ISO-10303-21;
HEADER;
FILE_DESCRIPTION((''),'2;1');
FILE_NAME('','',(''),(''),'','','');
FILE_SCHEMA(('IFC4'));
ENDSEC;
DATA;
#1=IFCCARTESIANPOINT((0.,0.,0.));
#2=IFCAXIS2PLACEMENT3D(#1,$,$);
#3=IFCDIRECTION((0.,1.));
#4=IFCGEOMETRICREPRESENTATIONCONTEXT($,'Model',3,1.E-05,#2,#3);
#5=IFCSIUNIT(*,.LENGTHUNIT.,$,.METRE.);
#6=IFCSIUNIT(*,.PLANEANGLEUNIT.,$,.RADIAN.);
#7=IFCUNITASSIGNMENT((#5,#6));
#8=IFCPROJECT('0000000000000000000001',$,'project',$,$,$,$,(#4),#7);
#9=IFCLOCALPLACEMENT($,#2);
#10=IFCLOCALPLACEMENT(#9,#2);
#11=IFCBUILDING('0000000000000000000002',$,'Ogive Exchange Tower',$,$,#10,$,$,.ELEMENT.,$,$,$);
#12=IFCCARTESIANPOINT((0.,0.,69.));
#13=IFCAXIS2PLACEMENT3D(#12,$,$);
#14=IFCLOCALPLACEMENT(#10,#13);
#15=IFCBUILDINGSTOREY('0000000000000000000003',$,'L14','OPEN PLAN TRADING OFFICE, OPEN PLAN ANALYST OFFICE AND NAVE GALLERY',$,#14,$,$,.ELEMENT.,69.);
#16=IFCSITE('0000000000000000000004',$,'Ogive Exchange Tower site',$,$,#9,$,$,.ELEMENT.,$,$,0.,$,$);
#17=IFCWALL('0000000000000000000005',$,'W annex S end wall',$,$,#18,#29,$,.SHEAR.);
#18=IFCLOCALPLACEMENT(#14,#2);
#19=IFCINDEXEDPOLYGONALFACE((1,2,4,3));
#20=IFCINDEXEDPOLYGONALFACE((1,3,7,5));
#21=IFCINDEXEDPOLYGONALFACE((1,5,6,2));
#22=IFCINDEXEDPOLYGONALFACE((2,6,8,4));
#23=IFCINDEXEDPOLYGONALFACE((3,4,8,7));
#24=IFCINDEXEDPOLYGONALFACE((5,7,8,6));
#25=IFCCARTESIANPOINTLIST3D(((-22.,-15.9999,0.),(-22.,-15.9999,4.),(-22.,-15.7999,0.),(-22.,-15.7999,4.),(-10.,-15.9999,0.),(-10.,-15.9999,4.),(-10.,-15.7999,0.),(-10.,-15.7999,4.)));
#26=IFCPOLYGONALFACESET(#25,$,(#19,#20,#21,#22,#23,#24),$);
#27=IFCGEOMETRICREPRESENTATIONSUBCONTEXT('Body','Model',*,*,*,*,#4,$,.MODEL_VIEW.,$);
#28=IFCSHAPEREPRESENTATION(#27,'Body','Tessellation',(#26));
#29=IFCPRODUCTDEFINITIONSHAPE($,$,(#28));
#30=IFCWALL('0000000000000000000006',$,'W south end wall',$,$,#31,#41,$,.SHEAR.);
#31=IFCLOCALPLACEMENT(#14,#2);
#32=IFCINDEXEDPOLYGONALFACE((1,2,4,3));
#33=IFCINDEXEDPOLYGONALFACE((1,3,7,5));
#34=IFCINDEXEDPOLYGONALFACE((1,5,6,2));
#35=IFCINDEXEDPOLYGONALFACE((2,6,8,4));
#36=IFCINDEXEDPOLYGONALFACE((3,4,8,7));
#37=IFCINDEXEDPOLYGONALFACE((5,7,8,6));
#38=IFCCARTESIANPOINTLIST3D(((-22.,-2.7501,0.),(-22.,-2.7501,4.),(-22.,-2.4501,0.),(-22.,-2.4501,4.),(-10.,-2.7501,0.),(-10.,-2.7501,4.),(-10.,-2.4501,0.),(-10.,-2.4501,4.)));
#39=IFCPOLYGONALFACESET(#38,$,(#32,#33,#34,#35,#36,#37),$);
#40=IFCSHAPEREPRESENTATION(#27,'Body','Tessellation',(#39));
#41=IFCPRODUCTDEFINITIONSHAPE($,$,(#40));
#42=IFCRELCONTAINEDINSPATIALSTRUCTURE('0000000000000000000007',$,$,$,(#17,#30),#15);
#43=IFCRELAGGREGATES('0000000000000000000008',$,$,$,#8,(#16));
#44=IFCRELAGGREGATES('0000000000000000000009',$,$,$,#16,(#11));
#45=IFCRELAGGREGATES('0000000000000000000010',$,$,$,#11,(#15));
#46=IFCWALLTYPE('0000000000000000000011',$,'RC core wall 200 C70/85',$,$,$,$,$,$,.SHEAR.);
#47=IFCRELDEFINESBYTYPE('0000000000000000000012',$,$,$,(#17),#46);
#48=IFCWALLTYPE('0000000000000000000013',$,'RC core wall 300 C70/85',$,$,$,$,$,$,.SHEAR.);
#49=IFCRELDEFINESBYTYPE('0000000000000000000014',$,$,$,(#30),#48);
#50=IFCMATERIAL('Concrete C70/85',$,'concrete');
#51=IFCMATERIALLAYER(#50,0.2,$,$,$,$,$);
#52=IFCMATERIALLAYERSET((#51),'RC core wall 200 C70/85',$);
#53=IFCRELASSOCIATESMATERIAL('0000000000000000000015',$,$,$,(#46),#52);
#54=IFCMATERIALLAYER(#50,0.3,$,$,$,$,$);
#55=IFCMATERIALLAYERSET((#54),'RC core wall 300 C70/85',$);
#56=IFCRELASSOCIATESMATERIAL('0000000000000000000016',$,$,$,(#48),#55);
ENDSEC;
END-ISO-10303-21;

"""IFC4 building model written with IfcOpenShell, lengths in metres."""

from ifc_helpers import new_model, si_unit, direction, frame, frame_2d, origin, place, context, subcontext, project, spatial, rectangle, extrude, material, layer, layer_set, type_object, element, save


model = new_model("IFC4")

# Units and contexts
model_context = context("Model", 3, precision=1e-05, world=origin(), true_north=direction((0.0, 1.0)))
body_context = subcontext(model_context, "Body", "Model", "MODEL_VIEW")
ifc_project = project(units=[si_unit("LENGTHUNIT", "METRE"), si_unit("PLANEANGLEUNIT", "RADIAN")], contexts=[model_context])

# Site, building, storey
site_placement = place(None, origin())
site = spatial("IfcSite", under=ifc_project, at=site_placement, Name="Ogive Exchange Tower site", CompositionType="ELEMENT", RefElevation=0.0)
building_placement = place(site_placement, origin())
building = spatial("IfcBuilding", under=site, at=building_placement, Name="Ogive Exchange Tower", CompositionType="ELEMENT")
storey_placement = place(building_placement, frame((0.0, 0.0, 69.0)))
storey = spatial("IfcBuildingStorey", under=building, at=storey_placement, Name="L14", Description="OPEN PLAN TRADING OFFICE, OPEN PLAN ANALYST OFFICE AND NAVE GALLERY", CompositionType="ELEMENT", Elevation=69.0)

# Shared definitions
ifc_material_1 = material(Name="Concrete C70/85", Category="concrete")
ifc_layer_1 = layer(ifc_material_1, 0.2)
ifc_layer_set_1 = layer_set([ifc_layer_1], Name="RC core wall 200 C70/85")
wall_type_1 = type_object("IfcWallType", Name="RC core wall 200 C70/85", PredefinedType="SHEAR", material=ifc_layer_set_1)

# Walls
wall_1_placement = place(storey_placement, frame((-22.0, -15.8999, 0.0), z_axis=(0.0, 0.0, 1.0), x_axis=(1.0, 0.0, 0.0)))
element("IfcWall", 1, at=wall_1_placement, inside=storey, type_object=wall_type_1, Name="W annex S end wall", PredefinedType="SHEAR", context=body_context, shape_type="SweptSolid", body=[
    extrude(rectangle(XDim=12.0, YDim=0.2, at=frame_2d((6.0, 0.0))), origin(), (0.0, 0.0, 1.0), 4.0),
])
ifc_layer_2 = layer(ifc_material_1, 0.3)
ifc_layer_set_2 = layer_set([ifc_layer_2], Name="RC core wall 300 C70/85")
wall_type_2 = type_object("IfcWallType", Name="RC core wall 300 C70/85", PredefinedType="SHEAR", material=ifc_layer_set_2)
wall_2_placement = place(storey_placement, frame((-22.0, -2.6001, 0.0), z_axis=(0.0, 0.0, 1.0), x_axis=(1.0, 0.0, 0.0)))
element("IfcWall", 2, at=wall_2_placement, inside=storey, type_object=wall_type_2, Name="W south end wall", PredefinedType="SHEAR", context=body_context, shape_type="SweptSolid", body=[
    extrude(rectangle(XDim=12.0, YDim=0.3, at=frame_2d((6.0, 0.0))), origin(), (0.0, 0.0, 1.0), 4.0),
])

save(model, "model.ifc")
